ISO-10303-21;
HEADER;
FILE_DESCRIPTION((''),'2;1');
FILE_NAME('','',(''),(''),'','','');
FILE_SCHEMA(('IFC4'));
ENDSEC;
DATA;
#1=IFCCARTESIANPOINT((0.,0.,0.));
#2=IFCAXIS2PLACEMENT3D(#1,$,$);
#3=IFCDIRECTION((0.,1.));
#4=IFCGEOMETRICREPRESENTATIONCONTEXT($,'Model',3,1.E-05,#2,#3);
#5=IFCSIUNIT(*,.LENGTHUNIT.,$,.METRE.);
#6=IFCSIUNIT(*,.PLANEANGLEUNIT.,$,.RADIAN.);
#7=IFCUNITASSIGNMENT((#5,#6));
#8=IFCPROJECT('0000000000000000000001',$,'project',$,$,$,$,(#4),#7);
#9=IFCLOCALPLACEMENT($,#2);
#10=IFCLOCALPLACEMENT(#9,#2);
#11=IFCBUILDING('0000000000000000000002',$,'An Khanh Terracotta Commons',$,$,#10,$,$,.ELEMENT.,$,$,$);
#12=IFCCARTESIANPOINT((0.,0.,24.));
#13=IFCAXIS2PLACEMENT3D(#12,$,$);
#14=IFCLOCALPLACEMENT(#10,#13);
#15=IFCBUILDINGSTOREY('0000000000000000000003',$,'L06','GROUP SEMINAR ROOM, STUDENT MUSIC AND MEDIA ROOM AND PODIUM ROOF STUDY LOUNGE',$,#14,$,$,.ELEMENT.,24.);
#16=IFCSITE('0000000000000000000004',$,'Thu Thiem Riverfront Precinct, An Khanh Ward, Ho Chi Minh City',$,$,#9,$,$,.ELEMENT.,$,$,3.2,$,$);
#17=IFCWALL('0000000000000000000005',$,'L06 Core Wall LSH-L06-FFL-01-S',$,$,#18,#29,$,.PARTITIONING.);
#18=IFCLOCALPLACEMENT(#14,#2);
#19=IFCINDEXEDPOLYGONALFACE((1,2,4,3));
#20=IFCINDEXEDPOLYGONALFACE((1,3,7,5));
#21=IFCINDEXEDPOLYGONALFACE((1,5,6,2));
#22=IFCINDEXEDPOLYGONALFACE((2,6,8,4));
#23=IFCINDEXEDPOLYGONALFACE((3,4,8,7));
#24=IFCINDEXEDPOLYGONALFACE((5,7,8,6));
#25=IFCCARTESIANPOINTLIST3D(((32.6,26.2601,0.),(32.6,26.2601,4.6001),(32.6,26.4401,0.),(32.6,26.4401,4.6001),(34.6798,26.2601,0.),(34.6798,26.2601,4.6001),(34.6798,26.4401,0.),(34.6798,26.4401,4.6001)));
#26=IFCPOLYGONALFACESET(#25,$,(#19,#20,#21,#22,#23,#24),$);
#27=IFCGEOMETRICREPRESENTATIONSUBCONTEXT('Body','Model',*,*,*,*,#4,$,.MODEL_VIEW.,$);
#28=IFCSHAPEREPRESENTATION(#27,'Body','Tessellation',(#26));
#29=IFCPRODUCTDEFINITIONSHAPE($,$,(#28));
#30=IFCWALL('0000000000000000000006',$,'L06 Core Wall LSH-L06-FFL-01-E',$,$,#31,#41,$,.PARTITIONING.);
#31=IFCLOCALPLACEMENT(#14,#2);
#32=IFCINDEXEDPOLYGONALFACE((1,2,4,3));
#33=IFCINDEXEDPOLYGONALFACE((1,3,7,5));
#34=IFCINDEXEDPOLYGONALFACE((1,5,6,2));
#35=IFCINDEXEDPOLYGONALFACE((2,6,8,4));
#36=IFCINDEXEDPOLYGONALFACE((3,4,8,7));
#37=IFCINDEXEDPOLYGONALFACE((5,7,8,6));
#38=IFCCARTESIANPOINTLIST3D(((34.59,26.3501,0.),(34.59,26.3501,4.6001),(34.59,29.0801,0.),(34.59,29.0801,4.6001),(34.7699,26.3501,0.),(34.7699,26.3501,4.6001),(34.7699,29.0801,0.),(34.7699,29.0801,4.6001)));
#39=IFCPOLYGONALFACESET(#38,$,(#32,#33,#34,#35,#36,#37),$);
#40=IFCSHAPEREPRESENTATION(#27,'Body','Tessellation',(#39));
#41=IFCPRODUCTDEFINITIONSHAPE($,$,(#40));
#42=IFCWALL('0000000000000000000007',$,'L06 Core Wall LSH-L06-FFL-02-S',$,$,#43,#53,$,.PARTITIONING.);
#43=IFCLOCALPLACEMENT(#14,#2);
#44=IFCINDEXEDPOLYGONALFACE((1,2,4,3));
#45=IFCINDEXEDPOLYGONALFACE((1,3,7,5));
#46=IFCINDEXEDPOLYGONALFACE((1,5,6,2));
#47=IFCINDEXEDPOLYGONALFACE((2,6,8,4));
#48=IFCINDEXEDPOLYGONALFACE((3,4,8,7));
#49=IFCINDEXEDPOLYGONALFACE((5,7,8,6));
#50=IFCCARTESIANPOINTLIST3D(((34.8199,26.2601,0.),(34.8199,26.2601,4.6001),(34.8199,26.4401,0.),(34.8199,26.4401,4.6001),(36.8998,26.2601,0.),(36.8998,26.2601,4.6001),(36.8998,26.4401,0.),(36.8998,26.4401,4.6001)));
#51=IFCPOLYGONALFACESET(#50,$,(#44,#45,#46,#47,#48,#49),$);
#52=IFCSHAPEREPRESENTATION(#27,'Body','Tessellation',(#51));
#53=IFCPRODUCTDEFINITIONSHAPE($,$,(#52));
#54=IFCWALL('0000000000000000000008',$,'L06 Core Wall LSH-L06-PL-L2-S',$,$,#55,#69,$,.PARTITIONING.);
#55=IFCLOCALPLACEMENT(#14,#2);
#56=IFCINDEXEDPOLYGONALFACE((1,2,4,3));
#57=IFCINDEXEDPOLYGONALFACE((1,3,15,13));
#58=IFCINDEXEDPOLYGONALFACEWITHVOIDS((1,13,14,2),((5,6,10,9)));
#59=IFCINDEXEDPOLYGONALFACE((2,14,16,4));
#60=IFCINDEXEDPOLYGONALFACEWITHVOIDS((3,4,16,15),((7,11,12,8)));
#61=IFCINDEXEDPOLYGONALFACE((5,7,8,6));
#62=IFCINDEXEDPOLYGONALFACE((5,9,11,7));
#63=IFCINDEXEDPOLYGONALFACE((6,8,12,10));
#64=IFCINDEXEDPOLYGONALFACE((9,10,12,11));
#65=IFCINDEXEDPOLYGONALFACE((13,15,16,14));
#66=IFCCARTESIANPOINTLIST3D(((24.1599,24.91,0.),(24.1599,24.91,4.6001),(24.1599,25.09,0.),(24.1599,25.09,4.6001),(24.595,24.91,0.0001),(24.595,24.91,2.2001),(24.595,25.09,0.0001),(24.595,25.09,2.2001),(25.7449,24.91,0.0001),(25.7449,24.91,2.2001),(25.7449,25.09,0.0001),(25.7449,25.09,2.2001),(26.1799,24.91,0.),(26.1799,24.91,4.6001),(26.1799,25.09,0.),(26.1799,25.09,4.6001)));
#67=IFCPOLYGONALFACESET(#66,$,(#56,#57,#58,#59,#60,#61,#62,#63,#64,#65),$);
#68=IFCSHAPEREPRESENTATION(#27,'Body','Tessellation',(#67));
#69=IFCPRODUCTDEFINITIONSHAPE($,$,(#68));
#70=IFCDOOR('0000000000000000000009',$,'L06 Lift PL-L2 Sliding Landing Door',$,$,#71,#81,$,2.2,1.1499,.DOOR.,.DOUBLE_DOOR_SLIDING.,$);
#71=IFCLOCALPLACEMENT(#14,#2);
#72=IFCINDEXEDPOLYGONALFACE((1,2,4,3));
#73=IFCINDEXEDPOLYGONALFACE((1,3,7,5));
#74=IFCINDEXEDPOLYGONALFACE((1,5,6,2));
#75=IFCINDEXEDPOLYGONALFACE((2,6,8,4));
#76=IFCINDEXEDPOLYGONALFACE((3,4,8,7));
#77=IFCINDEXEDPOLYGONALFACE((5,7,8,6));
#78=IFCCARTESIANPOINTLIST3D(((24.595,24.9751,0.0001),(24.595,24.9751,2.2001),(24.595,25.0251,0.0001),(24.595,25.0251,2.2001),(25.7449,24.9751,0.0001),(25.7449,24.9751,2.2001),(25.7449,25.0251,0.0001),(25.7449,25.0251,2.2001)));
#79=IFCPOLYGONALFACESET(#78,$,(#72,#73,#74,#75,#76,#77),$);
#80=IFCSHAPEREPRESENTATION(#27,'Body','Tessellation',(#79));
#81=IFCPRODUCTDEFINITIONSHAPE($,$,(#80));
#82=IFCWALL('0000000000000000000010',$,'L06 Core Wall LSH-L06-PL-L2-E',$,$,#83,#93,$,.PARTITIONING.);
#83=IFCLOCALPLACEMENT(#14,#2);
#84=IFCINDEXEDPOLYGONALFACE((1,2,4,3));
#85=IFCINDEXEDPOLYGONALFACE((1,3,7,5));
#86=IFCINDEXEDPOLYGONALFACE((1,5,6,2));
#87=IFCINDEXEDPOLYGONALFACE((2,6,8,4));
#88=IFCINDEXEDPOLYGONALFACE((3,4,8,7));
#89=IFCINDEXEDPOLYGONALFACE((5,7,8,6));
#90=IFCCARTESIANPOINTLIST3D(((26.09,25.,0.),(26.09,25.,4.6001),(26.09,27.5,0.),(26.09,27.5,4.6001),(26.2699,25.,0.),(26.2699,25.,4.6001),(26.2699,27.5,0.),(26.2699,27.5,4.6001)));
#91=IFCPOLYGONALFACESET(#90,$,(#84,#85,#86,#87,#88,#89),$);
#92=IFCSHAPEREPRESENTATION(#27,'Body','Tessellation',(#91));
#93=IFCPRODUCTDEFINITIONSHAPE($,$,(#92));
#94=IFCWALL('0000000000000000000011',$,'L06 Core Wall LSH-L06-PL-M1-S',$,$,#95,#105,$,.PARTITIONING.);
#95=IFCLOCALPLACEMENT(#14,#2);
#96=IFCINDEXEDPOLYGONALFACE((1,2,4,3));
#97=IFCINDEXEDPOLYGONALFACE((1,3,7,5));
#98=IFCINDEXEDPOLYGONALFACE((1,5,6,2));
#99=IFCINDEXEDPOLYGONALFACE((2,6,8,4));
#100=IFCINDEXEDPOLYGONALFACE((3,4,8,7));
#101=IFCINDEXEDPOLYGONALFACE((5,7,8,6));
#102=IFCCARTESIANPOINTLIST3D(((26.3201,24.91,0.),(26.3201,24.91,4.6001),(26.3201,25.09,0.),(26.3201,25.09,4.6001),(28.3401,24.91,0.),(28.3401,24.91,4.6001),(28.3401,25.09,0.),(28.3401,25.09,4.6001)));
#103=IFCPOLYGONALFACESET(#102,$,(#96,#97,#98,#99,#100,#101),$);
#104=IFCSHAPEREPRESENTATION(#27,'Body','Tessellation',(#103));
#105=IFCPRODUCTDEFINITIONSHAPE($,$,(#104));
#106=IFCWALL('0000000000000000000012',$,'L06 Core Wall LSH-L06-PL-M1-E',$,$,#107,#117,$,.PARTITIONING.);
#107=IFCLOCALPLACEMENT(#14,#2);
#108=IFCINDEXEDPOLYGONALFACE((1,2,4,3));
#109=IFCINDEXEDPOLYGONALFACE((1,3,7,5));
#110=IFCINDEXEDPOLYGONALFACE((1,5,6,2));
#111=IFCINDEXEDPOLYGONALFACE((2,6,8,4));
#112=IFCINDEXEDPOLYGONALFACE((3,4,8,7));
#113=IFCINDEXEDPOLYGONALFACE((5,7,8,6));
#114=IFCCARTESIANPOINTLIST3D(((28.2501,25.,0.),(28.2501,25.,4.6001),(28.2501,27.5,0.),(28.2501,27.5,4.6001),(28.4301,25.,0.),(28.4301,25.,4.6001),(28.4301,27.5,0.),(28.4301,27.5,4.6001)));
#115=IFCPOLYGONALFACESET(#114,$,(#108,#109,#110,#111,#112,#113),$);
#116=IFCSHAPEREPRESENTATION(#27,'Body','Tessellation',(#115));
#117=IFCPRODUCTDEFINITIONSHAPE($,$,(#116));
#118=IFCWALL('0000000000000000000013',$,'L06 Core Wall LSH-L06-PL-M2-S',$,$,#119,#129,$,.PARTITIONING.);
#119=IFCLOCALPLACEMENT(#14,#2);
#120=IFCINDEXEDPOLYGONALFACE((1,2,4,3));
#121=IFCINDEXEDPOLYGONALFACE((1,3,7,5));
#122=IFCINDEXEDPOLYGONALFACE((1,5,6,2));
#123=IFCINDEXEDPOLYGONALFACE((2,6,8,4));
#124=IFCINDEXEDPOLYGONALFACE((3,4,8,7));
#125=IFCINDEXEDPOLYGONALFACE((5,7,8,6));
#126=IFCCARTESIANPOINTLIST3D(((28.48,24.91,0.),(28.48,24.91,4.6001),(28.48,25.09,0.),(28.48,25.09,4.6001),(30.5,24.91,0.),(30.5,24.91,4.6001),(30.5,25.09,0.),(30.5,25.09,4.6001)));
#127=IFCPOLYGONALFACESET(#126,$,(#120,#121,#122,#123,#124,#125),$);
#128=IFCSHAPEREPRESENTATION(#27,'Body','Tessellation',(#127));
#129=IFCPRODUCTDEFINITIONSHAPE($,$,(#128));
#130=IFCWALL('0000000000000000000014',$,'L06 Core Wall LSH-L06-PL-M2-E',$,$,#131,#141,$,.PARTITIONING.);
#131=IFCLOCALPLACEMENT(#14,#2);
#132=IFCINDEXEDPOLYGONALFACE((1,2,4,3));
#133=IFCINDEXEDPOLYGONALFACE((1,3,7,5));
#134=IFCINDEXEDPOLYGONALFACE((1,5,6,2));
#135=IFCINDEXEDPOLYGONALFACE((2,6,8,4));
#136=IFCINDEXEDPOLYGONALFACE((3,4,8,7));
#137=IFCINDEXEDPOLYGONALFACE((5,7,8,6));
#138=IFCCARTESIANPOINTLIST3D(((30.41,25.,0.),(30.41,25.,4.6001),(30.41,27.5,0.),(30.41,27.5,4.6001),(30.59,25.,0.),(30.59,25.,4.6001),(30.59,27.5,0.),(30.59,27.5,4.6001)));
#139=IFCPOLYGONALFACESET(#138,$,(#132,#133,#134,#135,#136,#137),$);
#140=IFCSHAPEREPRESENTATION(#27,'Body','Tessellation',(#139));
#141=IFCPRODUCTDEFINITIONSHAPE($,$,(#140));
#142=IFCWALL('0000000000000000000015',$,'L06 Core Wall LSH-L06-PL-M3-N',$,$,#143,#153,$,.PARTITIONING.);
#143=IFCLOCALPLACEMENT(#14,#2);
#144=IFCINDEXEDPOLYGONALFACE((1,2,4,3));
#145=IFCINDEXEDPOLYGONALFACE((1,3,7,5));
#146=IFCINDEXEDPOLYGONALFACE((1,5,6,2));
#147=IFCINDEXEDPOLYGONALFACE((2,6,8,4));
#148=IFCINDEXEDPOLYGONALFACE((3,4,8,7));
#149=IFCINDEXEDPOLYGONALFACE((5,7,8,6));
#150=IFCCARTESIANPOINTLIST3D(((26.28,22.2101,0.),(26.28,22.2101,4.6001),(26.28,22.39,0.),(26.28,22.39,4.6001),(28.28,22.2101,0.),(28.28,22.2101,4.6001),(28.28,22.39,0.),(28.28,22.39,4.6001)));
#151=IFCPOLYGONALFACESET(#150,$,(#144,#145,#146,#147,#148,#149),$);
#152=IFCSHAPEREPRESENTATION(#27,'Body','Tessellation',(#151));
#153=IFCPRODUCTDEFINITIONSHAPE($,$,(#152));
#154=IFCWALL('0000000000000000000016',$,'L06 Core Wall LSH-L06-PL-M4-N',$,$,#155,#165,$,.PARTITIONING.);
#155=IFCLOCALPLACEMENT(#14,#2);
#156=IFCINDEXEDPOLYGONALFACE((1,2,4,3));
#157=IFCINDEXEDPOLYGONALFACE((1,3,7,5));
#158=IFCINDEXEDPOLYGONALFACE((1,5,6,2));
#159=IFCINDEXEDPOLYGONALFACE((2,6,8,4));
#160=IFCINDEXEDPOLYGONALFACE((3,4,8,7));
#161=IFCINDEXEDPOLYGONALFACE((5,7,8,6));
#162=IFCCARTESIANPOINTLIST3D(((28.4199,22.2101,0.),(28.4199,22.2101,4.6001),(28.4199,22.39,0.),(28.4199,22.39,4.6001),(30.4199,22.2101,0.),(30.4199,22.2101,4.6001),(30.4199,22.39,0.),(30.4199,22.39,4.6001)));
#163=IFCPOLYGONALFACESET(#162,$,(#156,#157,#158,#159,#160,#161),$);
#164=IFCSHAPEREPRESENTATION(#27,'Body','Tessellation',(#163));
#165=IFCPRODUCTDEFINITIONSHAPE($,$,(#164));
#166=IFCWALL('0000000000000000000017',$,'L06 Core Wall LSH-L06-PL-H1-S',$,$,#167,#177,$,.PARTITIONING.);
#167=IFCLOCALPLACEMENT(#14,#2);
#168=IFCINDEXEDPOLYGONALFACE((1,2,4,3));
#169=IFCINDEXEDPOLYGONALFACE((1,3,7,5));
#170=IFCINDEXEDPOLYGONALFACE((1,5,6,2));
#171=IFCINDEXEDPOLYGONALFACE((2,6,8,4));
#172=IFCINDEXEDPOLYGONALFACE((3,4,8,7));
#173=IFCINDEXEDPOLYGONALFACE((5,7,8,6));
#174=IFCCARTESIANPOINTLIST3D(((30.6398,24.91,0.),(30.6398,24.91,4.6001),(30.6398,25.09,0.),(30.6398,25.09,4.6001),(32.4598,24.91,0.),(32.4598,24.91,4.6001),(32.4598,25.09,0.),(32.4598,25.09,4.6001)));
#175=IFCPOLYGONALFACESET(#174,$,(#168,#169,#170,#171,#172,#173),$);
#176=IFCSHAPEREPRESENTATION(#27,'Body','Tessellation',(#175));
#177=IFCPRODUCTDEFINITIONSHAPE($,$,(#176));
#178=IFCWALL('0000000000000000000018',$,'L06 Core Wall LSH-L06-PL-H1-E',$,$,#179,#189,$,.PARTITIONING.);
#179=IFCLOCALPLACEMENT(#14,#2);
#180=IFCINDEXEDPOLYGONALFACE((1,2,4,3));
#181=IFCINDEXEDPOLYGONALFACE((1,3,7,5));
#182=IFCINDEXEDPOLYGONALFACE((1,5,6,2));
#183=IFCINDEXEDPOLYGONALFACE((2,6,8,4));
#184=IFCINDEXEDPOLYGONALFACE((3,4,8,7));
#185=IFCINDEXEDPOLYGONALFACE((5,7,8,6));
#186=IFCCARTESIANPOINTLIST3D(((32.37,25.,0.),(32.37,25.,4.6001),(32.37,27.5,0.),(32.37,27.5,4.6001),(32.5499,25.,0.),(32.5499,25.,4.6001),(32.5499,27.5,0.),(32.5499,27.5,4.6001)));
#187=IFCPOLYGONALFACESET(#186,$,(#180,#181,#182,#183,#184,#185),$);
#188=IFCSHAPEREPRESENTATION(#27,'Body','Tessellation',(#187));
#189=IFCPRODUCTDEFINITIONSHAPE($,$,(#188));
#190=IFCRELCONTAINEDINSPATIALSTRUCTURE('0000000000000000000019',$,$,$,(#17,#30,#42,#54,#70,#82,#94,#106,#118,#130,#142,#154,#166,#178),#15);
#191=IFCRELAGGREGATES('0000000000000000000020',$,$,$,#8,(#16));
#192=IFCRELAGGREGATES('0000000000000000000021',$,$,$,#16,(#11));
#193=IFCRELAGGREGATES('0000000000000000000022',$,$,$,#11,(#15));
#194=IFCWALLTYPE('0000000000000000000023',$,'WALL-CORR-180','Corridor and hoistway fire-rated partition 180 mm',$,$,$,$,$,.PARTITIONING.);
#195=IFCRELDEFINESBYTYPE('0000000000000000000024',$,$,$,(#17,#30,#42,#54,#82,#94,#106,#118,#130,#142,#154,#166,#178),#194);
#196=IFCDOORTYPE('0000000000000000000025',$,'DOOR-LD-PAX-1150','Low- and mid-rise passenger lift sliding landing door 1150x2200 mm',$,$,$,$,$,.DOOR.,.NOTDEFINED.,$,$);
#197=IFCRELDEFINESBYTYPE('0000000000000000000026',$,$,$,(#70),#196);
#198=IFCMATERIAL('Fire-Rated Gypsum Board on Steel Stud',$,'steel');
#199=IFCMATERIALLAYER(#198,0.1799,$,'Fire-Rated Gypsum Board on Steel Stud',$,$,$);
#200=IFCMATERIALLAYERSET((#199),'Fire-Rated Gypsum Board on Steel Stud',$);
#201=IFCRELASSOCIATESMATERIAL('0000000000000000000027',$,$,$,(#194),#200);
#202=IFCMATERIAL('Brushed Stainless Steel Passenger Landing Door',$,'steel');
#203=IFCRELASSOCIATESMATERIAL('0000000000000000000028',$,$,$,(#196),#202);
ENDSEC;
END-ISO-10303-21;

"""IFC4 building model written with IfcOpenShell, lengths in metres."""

from ifc_helpers import new_model, si_unit, direction, frame, frame_2d, origin, place, context, subcontext, project, spatial, rectangle, extrude, material, layer, layer_set, type_object, element, fill, save


model = new_model("IFC4")

# Units and contexts
model_context = context("Model", 3, precision=1e-05, world=origin(), true_north=direction((0.0, 1.0)))
body_context = subcontext(model_context, "Body", "Model", "MODEL_VIEW")
ifc_project = project(units=[si_unit("LENGTHUNIT", "METRE"), si_unit("PLANEANGLEUNIT", "RADIAN")], contexts=[model_context])

# Site, building, storey
site_placement = place(None, origin())
site = spatial("IfcSite", under=ifc_project, at=site_placement, Name="Thu Thiem Riverfront Precinct, An Khanh Ward, Ho Chi Minh City", CompositionType="ELEMENT", RefElevation=3.2)
building_placement = place(site_placement, origin())
building = spatial("IfcBuilding", under=site, at=building_placement, Name="An Khanh Terracotta Commons", CompositionType="ELEMENT")
storey_placement = place(building_placement, frame((0.0, 0.0, 24.0)))
storey = spatial("IfcBuildingStorey", under=building, at=storey_placement, Name="L06", Description="GROUP SEMINAR ROOM, STUDENT MUSIC AND MEDIA ROOM AND PODIUM ROOF STUDY LOUNGE", CompositionType="ELEMENT", Elevation=24.0)

# Walls
ifc_material_1 = material(Name="Fire-Rated Gypsum Board on Steel Stud", Category="steel")
ifc_layer_1 = layer(ifc_material_1, 0.1799, Name="Fire-Rated Gypsum Board on Steel Stud")
ifc_layer_set_1 = layer_set([ifc_layer_1], Name="Fire-Rated Gypsum Board on Steel Stud")
wall_type_1 = type_object("IfcWallType", Name="WALL-CORR-180", Description="Corridor and hoistway fire-rated partition 180 mm", PredefinedType="PARTITIONING", material=ifc_layer_set_1)
wall_1_placement = place(storey_placement, frame((34.6799, 26.3501, 0.0), z_axis=(0.0, 0.0, 1.0), x_axis=(-1.0, 0.0, 0.0)))
element("IfcWall", 1, at=wall_1_placement, inside=storey, type_object=wall_type_1, Name="L06 Core Wall LSH-L06-FFL-01-S", PredefinedType="PARTITIONING", context=body_context, shape_type="SweptSolid", body=[
    extrude(rectangle(XDim=2.0798, YDim=0.1799, at=frame_2d((1.04, 0.0))), origin(), (0.0, 0.0, 1.0), 4.6001),
])
wall_2_placement = place(storey_placement, frame((34.6799, 26.3501, 0.0), z_axis=(0.0, 0.0, 1.0), x_axis=(0.0, 1.0, 0.0)))
element("IfcWall", 2, at=wall_2_placement, inside=storey, type_object=wall_type_1, Name="L06 Core Wall LSH-L06-FFL-01-E", PredefinedType="PARTITIONING", context=body_context, shape_type="SweptSolid", body=[
    extrude(rectangle(XDim=2.73, YDim=0.1799, at=frame_2d((1.365, 0.0))), origin(), (0.0, 0.0, 1.0), 4.6001),
])
wall_3_placement = place(storey_placement, frame((36.8999, 26.3501, 0.0), z_axis=(0.0, 0.0, 1.0), x_axis=(-1.0, 0.0, 0.0)))
element("IfcWall", 3, at=wall_3_placement, inside=storey, type_object=wall_type_1, Name="L06 Core Wall LSH-L06-FFL-02-S", PredefinedType="PARTITIONING", context=body_context, shape_type="SweptSolid", body=[
    extrude(rectangle(XDim=2.0798, YDim=0.1799, at=frame_2d((1.04, 0.0))), origin(), (0.0, 0.0, 1.0), 4.6001),
])

# Wall, opening, door
wall_4_placement = place(storey_placement, frame((26.1799, 25.0, 0.0), z_axis=(0.0, 0.0, 1.0), x_axis=(-1.0, 0.0, 0.0)))
wall_4 = element("IfcWall", 4, at=wall_4_placement, inside=storey, type_object=wall_type_1, Name="L06 Core Wall LSH-L06-PL-L2-S", PredefinedType="PARTITIONING", context=body_context, shape_type="SweptSolid", body=[
    extrude(rectangle(XDim=2.02, YDim=0.1799, at=frame_2d((1.01, 0.0))), origin(), (0.0, 0.0, 1.0), 4.6001),
])
opening_placement = place(wall_4_placement, frame((0.4351, 0.0, 0.0)))
opening = element("IfcOpeningElement", 5, at=opening_placement, cuts=wall_4, PredefinedType="OPENING", context=body_context, shape_type="SweptSolid", body=[
    extrude(rectangle(XDim=1.1499, YDim=2.2, at=frame_2d((0.575, 1.1001))), frame((0.0, 0.0999, 0.0), z_axis=(0.0, -1.0, 0.0), x_axis=(1.0, 0.0, 0.0)), (0.0, 0.0, 1.0), 0.2),
])
ifc_material_2 = material(Name="Brushed Stainless Steel Passenger Landing Door", Category="steel")
door_type = type_object("IfcDoorType", Name="DOOR-LD-PAX-1150", Description="Low- and mid-rise passenger lift sliding landing door 1150x2200 mm", OperationType="NOTDEFINED", PredefinedType="DOOR", material=ifc_material_2)
door_placement = place(opening_placement, origin())
door = element("IfcDoor", 6, at=door_placement, inside=storey, type_object=door_type, Name="L06 Lift PL-L2 Sliding Landing Door", OperationType="DOUBLE_DOOR_SLIDING", OverallHeight=2.2, OverallWidth=1.1499, PredefinedType="DOOR", context=body_context, shape_type="SweptSolid", body=[
    extrude(rectangle(XDim=1.1499, YDim=2.2, at=frame_2d((0.575, 1.1001))), frame((0.0, 0.0249, 0.0), z_axis=(0.0, -1.0, 0.0), x_axis=(1.0, 0.0, 0.0)), (0.0, 0.0, 1.0), 0.05),
])
fill(opening, door)

# Walls
wall_5_placement = place(storey_placement, frame((26.1799, 25.0, 0.0), z_axis=(0.0, 0.0, 1.0), x_axis=(0.0, 1.0, 0.0)))
element("IfcWall", 7, at=wall_5_placement, inside=storey, type_object=wall_type_1, Name="L06 Core Wall LSH-L06-PL-L2-E", PredefinedType="PARTITIONING", context=body_context, shape_type="SweptSolid", body=[
    extrude(rectangle(XDim=2.5, YDim=0.1799, at=frame_2d((1.25, 0.0))), origin(), (0.0, 0.0, 1.0), 4.6001),
])
wall_6_placement = place(storey_placement, frame((28.3401, 25.0, 0.0), z_axis=(0.0, 0.0, 1.0), x_axis=(-1.0, 0.0, 0.0)))
element("IfcWall", 8, at=wall_6_placement, inside=storey, type_object=wall_type_1, Name="L06 Core Wall LSH-L06-PL-M1-S", PredefinedType="PARTITIONING", context=body_context, shape_type="SweptSolid", body=[
    extrude(rectangle(XDim=2.02, YDim=0.1799, at=frame_2d((1.01, 0.0))), origin(), (0.0, 0.0, 1.0), 4.6001),
])
wall_7_placement = place(storey_placement, frame((28.3401, 25.0, 0.0), z_axis=(0.0, 0.0, 1.0), x_axis=(0.0, 1.0, 0.0)))
element("IfcWall", 9, at=wall_7_placement, inside=storey, type_object=wall_type_1, Name="L06 Core Wall LSH-L06-PL-M1-E", PredefinedType="PARTITIONING", context=body_context, shape_type="SweptSolid", body=[
    extrude(rectangle(XDim=2.5, YDim=0.1799, at=frame_2d((1.25, 0.0))), origin(), (0.0, 0.0, 1.0), 4.6001),
])
wall_8_placement = place(storey_placement, frame((30.5, 25.0, 0.0), z_axis=(0.0, 0.0, 1.0), x_axis=(-1.0, 0.0, 0.0)))
element("IfcWall", 10, at=wall_8_placement, inside=storey, type_object=wall_type_1, Name="L06 Core Wall LSH-L06-PL-M2-S", PredefinedType="PARTITIONING", context=body_context, shape_type="SweptSolid", body=[
    extrude(rectangle(XDim=2.02, YDim=0.1799, at=frame_2d((1.01, 0.0))), origin(), (0.0, 0.0, 1.0), 4.6001),
])
wall_9_placement = place(storey_placement, frame((30.5, 25.0, 0.0), z_axis=(0.0, 0.0, 1.0), x_axis=(0.0, 1.0, 0.0)))
element("IfcWall", 11, at=wall_9_placement, inside=storey, type_object=wall_type_1, Name="L06 Core Wall LSH-L06-PL-M2-E", PredefinedType="PARTITIONING", context=body_context, shape_type="SweptSolid", body=[
    extrude(rectangle(XDim=2.5, YDim=0.1799, at=frame_2d((1.25, 0.0))), origin(), (0.0, 0.0, 1.0), 4.6001),
])
for number, where, z_axis, x_axis, name in (
    (12, (26.28, 22.3, 0.0), (0.0, 0.0, 1.0), (1.0, 0.0, 0.0), "L06 Core Wall LSH-L06-PL-M3-N"),
    (13, (28.4199, 22.3, 0.0), (0.0, 0.0, 1.0), (1.0, 0.0, 0.0), "L06 Core Wall LSH-L06-PL-M4-N"),
):
    element("IfcWall", number, at=place(storey_placement, frame(where, z_axis=z_axis, x_axis=x_axis)), inside=storey, type_object=wall_type_1, Name=name, PredefinedType="PARTITIONING", context=body_context, shape_type="SweptSolid", body=[
        extrude(rectangle(XDim=2.0, YDim=0.1799, at=frame_2d((1.0, 0.0))), origin(), (0.0, 0.0, 1.0), 4.6001),
    ])
wall_10_placement = place(storey_placement, frame((32.46, 25.0, 0.0), z_axis=(0.0, 0.0, 1.0), x_axis=(-1.0, 0.0, 0.0)))
element("IfcWall", 14, at=wall_10_placement, inside=storey, type_object=wall_type_1, Name="L06 Core Wall LSH-L06-PL-H1-S", PredefinedType="PARTITIONING", context=body_context, shape_type="SweptSolid", body=[
    extrude(rectangle(XDim=1.8201, YDim=0.1799, at=frame_2d((0.9102, 0.0))), origin(), (0.0, 0.0, 1.0), 4.6001),
])
wall_11_placement = place(storey_placement, frame((32.46, 25.0, 0.0), z_axis=(0.0, 0.0, 1.0), x_axis=(0.0, 1.0, 0.0)))
element("IfcWall", 15, at=wall_11_placement, inside=storey, type_object=wall_type_1, Name="L06 Core Wall LSH-L06-PL-H1-E", PredefinedType="PARTITIONING", context=body_context, shape_type="SweptSolid", body=[
    extrude(rectangle(XDim=2.5, YDim=0.1799, at=frame_2d((1.25, 0.0))), origin(), (0.0, 0.0, 1.0), 4.6001),
])

save(model, "model.ifc")
